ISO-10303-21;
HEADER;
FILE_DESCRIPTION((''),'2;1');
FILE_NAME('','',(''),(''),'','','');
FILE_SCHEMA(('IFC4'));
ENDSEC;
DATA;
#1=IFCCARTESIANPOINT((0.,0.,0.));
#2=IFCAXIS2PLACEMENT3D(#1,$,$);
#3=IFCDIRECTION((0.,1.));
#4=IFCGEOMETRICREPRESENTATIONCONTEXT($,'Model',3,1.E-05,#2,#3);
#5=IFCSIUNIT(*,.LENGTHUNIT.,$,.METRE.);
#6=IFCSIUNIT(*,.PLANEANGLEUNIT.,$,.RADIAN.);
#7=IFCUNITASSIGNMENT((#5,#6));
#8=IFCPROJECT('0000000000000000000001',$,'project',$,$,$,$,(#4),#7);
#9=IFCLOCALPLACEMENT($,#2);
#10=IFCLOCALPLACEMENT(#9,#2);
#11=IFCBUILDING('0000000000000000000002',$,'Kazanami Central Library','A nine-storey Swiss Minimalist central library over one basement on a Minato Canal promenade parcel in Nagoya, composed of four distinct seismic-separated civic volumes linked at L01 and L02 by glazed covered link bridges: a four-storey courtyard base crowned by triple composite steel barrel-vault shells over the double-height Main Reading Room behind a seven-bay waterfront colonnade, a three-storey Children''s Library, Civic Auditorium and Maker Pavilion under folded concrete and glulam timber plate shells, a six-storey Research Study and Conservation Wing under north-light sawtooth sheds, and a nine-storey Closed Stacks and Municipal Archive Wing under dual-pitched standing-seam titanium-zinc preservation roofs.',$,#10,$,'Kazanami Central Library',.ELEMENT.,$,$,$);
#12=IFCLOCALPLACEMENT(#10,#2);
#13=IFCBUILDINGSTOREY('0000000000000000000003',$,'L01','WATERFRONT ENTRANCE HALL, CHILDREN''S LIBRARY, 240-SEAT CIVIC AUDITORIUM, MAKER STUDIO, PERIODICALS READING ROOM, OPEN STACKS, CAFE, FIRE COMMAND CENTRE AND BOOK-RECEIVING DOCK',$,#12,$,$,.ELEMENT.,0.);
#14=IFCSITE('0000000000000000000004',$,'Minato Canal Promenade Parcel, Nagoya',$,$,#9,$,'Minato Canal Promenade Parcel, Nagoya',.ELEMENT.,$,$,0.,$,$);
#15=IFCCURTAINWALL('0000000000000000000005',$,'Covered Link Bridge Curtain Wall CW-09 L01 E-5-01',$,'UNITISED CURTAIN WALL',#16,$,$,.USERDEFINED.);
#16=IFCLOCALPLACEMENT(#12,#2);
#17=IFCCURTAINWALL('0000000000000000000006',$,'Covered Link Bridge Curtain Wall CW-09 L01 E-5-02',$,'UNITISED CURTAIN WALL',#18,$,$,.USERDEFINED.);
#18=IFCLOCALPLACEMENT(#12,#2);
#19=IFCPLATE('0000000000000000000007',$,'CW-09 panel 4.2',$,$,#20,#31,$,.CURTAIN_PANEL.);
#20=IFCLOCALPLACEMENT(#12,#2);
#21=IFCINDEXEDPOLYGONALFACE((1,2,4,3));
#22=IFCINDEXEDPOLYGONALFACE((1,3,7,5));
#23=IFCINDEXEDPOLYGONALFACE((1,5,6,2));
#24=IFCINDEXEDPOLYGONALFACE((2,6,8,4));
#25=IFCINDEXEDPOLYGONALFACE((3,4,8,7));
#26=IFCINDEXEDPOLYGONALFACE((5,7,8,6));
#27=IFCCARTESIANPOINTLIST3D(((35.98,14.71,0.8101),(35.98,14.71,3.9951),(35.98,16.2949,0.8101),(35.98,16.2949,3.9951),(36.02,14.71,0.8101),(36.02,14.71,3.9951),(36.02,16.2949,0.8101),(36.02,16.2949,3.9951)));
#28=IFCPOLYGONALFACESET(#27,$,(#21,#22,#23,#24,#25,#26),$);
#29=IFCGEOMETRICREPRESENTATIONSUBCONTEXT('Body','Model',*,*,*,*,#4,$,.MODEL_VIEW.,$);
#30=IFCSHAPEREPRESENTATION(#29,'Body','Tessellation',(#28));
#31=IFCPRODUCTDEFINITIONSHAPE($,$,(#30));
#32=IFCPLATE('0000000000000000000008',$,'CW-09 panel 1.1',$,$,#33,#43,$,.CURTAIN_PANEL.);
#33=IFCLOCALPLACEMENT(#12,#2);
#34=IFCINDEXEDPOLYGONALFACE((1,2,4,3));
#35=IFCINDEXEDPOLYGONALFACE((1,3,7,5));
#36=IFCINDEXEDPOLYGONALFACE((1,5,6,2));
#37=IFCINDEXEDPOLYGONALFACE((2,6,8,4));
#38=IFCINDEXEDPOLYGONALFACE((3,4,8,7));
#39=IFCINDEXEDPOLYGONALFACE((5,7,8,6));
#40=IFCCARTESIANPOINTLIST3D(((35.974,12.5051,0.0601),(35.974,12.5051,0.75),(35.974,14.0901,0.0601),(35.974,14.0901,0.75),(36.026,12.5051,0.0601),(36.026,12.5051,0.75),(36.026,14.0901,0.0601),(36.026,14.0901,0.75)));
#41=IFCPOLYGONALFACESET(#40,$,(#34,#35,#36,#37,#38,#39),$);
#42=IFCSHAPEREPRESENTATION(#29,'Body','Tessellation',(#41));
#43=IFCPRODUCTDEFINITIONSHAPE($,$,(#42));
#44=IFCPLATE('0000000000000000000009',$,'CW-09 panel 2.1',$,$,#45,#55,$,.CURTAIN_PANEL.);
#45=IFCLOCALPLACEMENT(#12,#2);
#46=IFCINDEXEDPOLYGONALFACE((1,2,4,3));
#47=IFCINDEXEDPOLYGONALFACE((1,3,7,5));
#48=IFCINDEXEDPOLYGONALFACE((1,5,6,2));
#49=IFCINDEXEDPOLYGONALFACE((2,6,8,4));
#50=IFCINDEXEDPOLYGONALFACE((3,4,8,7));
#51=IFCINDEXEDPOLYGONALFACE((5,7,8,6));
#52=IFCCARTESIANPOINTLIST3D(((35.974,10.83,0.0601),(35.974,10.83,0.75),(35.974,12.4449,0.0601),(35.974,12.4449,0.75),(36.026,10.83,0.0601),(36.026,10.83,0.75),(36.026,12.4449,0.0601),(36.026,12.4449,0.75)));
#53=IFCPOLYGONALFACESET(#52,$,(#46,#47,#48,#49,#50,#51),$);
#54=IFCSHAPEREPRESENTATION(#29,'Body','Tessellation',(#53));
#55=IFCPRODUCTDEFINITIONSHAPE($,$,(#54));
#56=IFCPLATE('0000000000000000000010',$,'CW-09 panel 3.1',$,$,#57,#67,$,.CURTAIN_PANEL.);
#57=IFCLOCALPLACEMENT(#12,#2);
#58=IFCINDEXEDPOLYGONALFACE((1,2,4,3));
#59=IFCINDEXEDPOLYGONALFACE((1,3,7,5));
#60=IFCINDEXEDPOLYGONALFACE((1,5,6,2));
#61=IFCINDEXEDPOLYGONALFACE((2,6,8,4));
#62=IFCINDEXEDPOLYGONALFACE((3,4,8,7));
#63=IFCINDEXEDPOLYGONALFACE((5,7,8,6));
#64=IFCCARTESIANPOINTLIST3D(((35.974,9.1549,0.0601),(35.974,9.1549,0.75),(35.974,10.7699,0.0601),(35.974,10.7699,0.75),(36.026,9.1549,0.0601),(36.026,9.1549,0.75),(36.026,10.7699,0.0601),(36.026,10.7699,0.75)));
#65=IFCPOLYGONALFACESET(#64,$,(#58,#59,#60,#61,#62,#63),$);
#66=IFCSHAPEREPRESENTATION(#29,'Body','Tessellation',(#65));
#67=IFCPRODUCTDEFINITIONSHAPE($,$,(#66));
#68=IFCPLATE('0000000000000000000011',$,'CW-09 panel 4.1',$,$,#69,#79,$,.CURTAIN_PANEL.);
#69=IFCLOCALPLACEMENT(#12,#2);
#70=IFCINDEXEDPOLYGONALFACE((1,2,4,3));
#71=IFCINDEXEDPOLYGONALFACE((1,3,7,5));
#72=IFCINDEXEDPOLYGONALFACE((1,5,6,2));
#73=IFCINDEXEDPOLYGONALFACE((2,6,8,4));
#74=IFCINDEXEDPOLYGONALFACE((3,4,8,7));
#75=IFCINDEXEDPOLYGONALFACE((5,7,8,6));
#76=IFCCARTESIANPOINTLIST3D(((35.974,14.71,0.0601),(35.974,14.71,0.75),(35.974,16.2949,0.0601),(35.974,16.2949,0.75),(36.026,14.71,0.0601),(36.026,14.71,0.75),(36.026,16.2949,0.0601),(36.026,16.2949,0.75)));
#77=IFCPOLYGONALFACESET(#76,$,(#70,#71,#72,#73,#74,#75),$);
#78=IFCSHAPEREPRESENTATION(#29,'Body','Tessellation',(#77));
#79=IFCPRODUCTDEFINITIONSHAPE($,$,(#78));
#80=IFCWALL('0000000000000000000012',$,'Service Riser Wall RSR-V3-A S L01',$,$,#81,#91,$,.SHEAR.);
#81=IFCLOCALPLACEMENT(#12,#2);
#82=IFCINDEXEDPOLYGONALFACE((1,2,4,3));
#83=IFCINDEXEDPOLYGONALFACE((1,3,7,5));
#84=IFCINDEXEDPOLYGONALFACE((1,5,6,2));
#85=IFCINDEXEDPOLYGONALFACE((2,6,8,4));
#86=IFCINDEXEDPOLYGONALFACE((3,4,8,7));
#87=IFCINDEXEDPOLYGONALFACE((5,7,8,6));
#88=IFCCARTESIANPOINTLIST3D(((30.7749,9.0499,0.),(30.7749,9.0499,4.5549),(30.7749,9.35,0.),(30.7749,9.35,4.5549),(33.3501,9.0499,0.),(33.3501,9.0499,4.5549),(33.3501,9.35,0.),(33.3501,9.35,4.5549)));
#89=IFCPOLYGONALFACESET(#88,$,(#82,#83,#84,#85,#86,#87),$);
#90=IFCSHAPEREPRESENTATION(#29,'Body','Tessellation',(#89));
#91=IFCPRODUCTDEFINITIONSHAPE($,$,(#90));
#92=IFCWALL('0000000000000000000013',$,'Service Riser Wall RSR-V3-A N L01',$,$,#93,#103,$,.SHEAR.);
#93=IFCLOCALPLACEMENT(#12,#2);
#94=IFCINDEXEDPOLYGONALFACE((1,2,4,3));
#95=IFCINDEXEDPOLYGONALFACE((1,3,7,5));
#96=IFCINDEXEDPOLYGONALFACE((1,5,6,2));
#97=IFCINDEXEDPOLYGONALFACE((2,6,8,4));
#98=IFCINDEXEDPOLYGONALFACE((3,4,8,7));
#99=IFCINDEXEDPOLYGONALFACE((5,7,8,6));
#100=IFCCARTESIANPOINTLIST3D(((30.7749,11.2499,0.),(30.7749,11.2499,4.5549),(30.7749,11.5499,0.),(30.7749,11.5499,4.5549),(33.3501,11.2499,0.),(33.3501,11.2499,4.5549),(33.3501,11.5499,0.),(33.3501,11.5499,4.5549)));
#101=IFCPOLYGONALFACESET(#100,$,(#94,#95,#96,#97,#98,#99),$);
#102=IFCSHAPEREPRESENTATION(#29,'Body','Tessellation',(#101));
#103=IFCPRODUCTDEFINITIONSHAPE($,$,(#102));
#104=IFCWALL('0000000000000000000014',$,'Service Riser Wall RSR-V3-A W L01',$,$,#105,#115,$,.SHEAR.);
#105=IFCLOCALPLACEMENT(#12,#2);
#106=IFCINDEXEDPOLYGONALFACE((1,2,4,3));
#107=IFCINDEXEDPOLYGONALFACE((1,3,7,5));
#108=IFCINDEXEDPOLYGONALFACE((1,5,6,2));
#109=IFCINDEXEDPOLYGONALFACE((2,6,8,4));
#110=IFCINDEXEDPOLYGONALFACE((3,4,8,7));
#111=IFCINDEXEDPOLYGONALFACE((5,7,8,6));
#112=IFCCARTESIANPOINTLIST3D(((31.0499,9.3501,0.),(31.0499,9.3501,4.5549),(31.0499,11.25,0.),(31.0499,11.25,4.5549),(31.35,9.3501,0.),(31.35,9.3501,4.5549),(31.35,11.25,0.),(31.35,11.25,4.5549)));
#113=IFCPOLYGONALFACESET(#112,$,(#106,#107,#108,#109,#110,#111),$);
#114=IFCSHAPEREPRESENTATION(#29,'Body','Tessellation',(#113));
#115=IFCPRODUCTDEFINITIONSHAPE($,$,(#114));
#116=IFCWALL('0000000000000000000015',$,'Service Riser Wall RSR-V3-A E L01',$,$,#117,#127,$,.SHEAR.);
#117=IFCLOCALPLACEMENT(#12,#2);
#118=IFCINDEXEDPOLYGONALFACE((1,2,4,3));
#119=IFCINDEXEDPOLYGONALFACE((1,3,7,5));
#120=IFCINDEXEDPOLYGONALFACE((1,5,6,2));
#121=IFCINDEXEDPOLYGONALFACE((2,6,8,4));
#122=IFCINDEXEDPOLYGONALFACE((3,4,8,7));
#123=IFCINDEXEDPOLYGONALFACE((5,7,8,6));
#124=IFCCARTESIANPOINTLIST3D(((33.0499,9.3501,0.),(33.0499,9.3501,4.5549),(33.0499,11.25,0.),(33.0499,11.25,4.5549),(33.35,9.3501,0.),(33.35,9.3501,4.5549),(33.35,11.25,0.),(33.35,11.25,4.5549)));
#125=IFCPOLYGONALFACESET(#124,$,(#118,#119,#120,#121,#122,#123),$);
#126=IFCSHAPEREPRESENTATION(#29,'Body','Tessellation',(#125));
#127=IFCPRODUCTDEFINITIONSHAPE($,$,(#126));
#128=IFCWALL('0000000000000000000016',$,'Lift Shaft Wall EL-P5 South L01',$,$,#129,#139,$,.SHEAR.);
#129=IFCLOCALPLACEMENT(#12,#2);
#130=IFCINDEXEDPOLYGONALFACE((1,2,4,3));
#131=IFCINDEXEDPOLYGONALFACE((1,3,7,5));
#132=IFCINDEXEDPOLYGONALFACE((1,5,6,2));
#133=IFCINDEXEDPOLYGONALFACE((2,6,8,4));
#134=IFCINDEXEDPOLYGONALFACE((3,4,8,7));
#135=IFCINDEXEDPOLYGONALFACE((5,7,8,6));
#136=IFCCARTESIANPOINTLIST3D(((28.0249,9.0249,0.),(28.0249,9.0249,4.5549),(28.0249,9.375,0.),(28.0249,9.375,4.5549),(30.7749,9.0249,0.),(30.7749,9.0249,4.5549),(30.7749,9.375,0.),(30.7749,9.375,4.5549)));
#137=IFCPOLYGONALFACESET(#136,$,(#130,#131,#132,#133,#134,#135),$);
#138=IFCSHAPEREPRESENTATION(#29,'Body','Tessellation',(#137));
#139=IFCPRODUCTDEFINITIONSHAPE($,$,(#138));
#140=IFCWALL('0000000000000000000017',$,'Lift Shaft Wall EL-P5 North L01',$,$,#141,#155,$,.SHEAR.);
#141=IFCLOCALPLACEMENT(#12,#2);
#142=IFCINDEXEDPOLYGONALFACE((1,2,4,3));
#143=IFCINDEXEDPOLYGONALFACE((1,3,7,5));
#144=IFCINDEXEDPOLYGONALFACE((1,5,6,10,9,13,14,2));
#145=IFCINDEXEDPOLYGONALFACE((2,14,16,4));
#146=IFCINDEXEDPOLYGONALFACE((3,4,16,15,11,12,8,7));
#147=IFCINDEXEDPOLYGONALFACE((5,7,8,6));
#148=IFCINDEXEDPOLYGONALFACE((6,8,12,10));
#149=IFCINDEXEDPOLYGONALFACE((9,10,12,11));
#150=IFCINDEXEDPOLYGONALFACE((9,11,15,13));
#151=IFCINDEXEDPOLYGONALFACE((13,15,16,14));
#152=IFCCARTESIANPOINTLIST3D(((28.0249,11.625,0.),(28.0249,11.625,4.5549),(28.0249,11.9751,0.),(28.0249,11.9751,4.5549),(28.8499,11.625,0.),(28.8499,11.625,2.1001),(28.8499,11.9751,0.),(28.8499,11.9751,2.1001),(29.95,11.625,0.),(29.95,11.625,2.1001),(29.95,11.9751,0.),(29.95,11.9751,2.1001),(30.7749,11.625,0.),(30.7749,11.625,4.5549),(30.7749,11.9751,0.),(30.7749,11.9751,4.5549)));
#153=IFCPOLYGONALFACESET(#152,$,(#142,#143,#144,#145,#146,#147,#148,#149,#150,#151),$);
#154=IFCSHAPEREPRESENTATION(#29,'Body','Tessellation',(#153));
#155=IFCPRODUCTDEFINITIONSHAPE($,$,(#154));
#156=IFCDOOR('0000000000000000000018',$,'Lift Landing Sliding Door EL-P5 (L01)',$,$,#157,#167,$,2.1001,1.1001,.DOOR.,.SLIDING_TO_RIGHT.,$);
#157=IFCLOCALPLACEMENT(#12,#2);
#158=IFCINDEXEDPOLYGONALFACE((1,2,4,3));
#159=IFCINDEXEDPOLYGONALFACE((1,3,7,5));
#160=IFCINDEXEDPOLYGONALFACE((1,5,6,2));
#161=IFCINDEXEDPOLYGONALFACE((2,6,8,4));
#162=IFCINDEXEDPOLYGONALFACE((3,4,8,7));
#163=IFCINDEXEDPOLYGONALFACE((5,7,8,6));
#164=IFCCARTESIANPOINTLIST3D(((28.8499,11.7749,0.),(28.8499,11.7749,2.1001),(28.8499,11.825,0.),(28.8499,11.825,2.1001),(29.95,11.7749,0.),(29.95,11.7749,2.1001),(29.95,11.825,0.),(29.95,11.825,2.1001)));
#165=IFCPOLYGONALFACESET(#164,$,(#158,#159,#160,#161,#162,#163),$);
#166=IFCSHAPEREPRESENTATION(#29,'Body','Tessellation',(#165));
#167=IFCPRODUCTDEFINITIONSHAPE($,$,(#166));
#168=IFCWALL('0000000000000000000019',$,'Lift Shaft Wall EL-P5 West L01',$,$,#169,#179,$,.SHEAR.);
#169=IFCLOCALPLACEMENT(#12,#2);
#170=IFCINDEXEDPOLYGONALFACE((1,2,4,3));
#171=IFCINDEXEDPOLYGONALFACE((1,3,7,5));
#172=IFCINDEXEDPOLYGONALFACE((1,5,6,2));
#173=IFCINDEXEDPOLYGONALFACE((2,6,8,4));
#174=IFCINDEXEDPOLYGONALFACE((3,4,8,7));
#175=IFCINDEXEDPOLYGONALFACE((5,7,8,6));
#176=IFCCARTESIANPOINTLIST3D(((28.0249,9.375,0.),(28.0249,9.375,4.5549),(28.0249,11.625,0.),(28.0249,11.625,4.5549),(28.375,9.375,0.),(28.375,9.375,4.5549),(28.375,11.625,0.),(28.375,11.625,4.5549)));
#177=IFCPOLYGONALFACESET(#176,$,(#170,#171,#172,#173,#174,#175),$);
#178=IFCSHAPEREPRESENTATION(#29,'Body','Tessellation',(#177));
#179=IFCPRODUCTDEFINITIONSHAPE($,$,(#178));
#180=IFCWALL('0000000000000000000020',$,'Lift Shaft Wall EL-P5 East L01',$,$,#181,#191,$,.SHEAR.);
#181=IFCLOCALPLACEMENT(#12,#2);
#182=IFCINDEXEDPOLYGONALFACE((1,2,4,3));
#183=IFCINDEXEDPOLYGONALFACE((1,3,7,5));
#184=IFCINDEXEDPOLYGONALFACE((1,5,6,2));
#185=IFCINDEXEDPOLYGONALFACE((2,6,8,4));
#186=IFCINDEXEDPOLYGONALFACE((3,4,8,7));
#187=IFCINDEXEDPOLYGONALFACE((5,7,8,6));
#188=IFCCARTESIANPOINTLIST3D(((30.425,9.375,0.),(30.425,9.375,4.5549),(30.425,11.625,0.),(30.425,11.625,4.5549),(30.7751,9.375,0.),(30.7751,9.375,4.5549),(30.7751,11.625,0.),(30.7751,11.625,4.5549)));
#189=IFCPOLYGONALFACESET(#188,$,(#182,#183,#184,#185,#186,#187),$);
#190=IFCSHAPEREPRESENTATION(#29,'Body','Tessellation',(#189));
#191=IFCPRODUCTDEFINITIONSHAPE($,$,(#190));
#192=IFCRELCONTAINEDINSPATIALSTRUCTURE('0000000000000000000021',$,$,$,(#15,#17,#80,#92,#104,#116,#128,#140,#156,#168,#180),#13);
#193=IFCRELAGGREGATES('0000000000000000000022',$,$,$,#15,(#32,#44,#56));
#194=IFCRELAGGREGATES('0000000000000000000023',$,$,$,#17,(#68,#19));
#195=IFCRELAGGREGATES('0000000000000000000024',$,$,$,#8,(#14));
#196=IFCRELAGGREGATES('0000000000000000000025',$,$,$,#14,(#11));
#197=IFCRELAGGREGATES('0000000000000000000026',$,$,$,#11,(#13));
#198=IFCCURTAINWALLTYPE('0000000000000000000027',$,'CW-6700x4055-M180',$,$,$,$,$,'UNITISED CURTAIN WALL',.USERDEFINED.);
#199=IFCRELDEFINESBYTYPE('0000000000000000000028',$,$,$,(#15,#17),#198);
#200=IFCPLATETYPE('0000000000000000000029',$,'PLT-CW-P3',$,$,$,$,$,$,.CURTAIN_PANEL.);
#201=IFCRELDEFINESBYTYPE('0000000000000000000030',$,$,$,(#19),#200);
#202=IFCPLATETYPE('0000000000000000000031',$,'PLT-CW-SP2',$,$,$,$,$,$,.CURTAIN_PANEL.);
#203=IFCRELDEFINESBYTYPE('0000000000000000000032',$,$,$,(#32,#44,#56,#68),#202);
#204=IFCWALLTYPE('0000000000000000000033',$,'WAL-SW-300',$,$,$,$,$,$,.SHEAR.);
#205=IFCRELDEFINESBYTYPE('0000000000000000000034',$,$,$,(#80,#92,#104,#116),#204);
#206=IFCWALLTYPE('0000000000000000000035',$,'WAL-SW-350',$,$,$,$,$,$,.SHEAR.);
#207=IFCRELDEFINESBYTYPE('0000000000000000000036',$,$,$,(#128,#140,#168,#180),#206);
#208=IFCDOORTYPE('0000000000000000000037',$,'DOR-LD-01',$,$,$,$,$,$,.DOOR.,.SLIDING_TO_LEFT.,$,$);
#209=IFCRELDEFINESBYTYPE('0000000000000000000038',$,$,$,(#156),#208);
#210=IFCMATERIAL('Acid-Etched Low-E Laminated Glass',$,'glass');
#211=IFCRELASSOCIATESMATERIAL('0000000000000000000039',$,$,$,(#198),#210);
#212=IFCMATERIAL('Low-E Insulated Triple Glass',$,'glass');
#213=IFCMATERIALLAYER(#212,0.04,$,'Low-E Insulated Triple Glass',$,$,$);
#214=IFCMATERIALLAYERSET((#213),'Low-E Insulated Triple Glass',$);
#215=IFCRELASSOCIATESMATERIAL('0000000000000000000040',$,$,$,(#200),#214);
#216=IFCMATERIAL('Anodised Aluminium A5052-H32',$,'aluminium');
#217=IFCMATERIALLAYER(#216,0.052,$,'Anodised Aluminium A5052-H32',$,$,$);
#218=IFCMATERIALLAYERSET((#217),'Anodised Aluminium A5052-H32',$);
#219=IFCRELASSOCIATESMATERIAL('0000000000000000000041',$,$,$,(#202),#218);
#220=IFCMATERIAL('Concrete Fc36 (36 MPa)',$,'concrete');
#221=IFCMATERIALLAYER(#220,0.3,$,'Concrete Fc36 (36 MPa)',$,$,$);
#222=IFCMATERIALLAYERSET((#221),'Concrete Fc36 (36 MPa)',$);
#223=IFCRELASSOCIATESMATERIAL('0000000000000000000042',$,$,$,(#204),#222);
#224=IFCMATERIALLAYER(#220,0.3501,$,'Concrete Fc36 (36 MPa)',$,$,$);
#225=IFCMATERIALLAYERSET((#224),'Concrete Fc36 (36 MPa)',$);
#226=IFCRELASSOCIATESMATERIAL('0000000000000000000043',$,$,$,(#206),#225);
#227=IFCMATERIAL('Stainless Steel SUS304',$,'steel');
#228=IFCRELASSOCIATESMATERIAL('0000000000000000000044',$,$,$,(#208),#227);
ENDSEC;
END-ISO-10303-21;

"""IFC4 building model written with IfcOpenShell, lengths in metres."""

from ifc_helpers import new_model, si_unit, direction, frame, frame_2d, origin, origin_2d, place, context, subcontext, project, spatial, rectangle, extrude, material, layer, layer_set, type_object, element, fill, aggregate, save


model = new_model("IFC4")

# Units and contexts
model_context = context("Model", 3, precision=1e-05, world=origin(), true_north=direction((0.0, 1.0)))
body_context = subcontext(model_context, "Body", "Model", "MODEL_VIEW")
ifc_project = project(units=[si_unit("LENGTHUNIT", "METRE"), si_unit("PLANEANGLEUNIT", "RADIAN")], contexts=[model_context])

# Site, building, storey
site_placement = place(None, origin())
site = spatial("IfcSite", under=ifc_project, at=site_placement, Name="Minato Canal Promenade Parcel, Nagoya", LongName="Minato Canal Promenade Parcel, Nagoya", CompositionType="ELEMENT", RefElevation=0.0)
building_placement = place(site_placement, origin())
building = spatial("IfcBuilding", under=site, at=building_placement, Name="Kazanami Central Library", Description="A nine-storey Swiss Minimalist central library over one basement on a Minato Canal promenade parcel in Nagoya, composed of four distinct seismic-separated civic volumes linked at L01 and L02 by glazed covered link bridges: a four-storey courtyard base crowned by triple composite steel barrel-vault shells over the double-height Main Reading Room behind a seven-bay waterfront colonnade, a three-storey Children's Library, Civic Auditorium and Maker Pavilion under folded concrete and glulam timber plate shells, a six-storey Research Study and Conservation Wing under north-light sawtooth sheds, and a nine-storey Closed Stacks and Municipal Archive Wing under dual-pitched standing-seam titanium-zinc preservation roofs.", LongName="Kazanami Central Library", CompositionType="ELEMENT")
storey_placement = place(building_placement, origin())
storey = spatial("IfcBuildingStorey", under=building, at=storey_placement, Name="L01", Description="WATERFRONT ENTRANCE HALL, CHILDREN'S LIBRARY, 240-SEAT CIVIC AUDITORIUM, MAKER STUDIO, PERIODICALS READING ROOM, OPEN STACKS, CAFE, FIRE COMMAND CENTRE AND BOOK-RECEIVING DOCK", CompositionType="ELEMENT", Elevation=0.0)

# Curtain wall
ifc_material_1 = material(Name="Acid-Etched Low-E Laminated Glass", Category="glass")
curtain_wall_type = type_object("IfcCurtainWallType", Name="CW-6700x4055-M180", ElementType="UNITISED CURTAIN WALL", PredefinedType="USERDEFINED", material=ifc_material_1)
curtain_wall_1_placement = place(storey_placement, origin())
curtain_wall_1 = element("IfcCurtainWall", 1, at=curtain_wall_1_placement, inside=storey, type_object=curtain_wall_type, Name="Covered Link Bridge Curtain Wall CW-09 L01 E-5-01", ObjectType="UNITISED CURTAIN WALL", PredefinedType="USERDEFINED")

# Curtain wall
curtain_wall_2_placement = place(storey_placement, origin())
curtain_wall_2 = element("IfcCurtainWall", 2, at=curtain_wall_2_placement, inside=storey, type_object=curtain_wall_type, Name="Covered Link Bridge Curtain Wall CW-09 L01 E-5-02", ObjectType="UNITISED CURTAIN WALL", PredefinedType="USERDEFINED")

# Plates
ifc_material_2 = material(Name="Low-E Insulated Triple Glass", Category="glass")
ifc_layer_1 = layer(ifc_material_2, 0.04, Name="Low-E Insulated Triple Glass")
ifc_layer_set_1 = layer_set([ifc_layer_1], Name="Low-E Insulated Triple Glass")
plate_type_1 = type_object("IfcPlateType", Name="PLT-CW-P3", PredefinedType="CURTAIN_PANEL", material=ifc_layer_set_1)
plate_1_placement = place(storey_placement, frame((36.0, 15.5024, 0.8101), z_axis=(0.0, 0.0, 1.0), x_axis=(0.0, -1.0, 0.0)))
plate_1 = element("IfcPlate", 3, at=plate_1_placement, type_object=plate_type_1, Name="CW-09 panel 4.2", PredefinedType="CURTAIN_PANEL", context=body_context, shape_type="SweptSolid", body=[
    extrude(rectangle(XDim=1.585, YDim=0.04, at=origin_2d()), origin(), (0.0, 0.0, 1.0), 3.1851),
])
ifc_material_3 = material(Name="Anodised Aluminium A5052-H32", Category="aluminium")
ifc_layer_2 = layer(ifc_material_3, 0.052, Name="Anodised Aluminium A5052-H32")
ifc_layer_set_2 = layer_set([ifc_layer_2], Name="Anodised Aluminium A5052-H32")
plate_type_2 = type_object("IfcPlateType", Name="PLT-CW-SP2", PredefinedType="CURTAIN_PANEL", material=ifc_layer_set_2)
plate_2_placement = place(storey_placement, frame((36.0, 13.2976, 0.0601), z_axis=(0.0, 0.0, 1.0), x_axis=(0.0, -1.0, 0.0)))
plate_2 = element("IfcPlate", 4, at=plate_2_placement, type_object=plate_type_2, Name="CW-09 panel 1.1", PredefinedType="CURTAIN_PANEL", context=body_context, shape_type="SweptSolid", body=[
    extrude(rectangle(XDim=1.585, YDim=0.052, at=origin_2d()), origin(), (0.0, 0.0, 1.0), 0.6899),
])
plate_3_placement = place(storey_placement, frame((36.0, 11.6375, 0.0601), z_axis=(0.0, 0.0, 1.0), x_axis=(0.0, -1.0, 0.0)))
plate_3 = element("IfcPlate", 5, at=plate_3_placement, type_object=plate_type_2, Name="CW-09 panel 2.1", PredefinedType="CURTAIN_PANEL", context=body_context, shape_type="SweptSolid", body=[
    extrude(rectangle(XDim=1.615, YDim=0.052, at=origin_2d()), origin(), (0.0, 0.0, 1.0), 0.6899),
])
plate_4_placement = place(storey_placement, frame((36.0, 9.9624, 0.0601), z_axis=(0.0, 0.0, 1.0), x_axis=(0.0, -1.0, 0.0)))
plate_4 = element("IfcPlate", 6, at=plate_4_placement, type_object=plate_type_2, Name="CW-09 panel 3.1", PredefinedType="CURTAIN_PANEL", context=body_context, shape_type="SweptSolid", body=[
    extrude(rectangle(XDim=1.615, YDim=0.052, at=origin_2d()), origin(), (0.0, 0.0, 1.0), 0.6899),
])
aggregate(curtain_wall_1, [plate_2, plate_3, plate_4])
plate_5_placement = place(storey_placement, frame((36.0, 15.5024, 0.0601), z_axis=(0.0, 0.0, 1.0), x_axis=(0.0, -1.0, 0.0)))
plate_5 = element("IfcPlate", 7, at=plate_5_placement, type_object=plate_type_2, Name="CW-09 panel 4.1", PredefinedType="CURTAIN_PANEL", context=body_context, shape_type="SweptSolid", body=[
    extrude(rectangle(XDim=1.585, YDim=0.052, at=origin_2d()), origin(), (0.0, 0.0, 1.0), 0.6899),
])
aggregate(curtain_wall_2, [plate_5, plate_1])

# Walls
ifc_material_4 = material(Name="Concrete Fc36 (36 MPa)", Category="concrete")
ifc_layer_3 = layer(ifc_material_4, 0.3, Name="Concrete Fc36 (36 MPa)")
ifc_layer_set_3 = layer_set([ifc_layer_3], Name="Concrete Fc36 (36 MPa)")
wall_type_1 = type_object("IfcWallType", Name="WAL-SW-300", PredefinedType="SHEAR", material=ifc_layer_set_3)
for number, where, z_axis, x_axis, name in (
    (8, (30.7749, 9.2, 0.0), (0.0, 0.0, 1.0), (1.0, 0.0, 0.0), "Service Riser Wall RSR-V3-A S L01"),
    (9, (30.7749, 11.3999, 0.0), (0.0, 0.0, 1.0), (1.0, 0.0, 0.0), "Service Riser Wall RSR-V3-A N L01"),
):
    element("IfcWall", number, at=place(storey_placement, frame(where, z_axis=z_axis, x_axis=x_axis)), inside=storey, type_object=wall_type_1, Name=name, PredefinedType="SHEAR", context=body_context, shape_type="SweptSolid", body=[
        extrude(rectangle(XDim=2.5752, YDim=0.3, at=frame_2d((1.2876, 0.0))), origin(), (0.0, 0.0, 1.0), 4.5549),
    ])
for number, where, z_axis, x_axis, name in (
    (10, (31.2, 9.3501, 0.0), (0.0, 0.0, 1.0), (0.0, 1.0, 0.0), "Service Riser Wall RSR-V3-A W L01"),
    (11, (33.2, 9.3501, 0.0), (0.0, 0.0, 1.0), (0.0, 1.0, 0.0), "Service Riser Wall RSR-V3-A E L01"),
):
    element("IfcWall", number, at=place(storey_placement, frame(where, z_axis=z_axis, x_axis=x_axis)), inside=storey, type_object=wall_type_1, Name=name, PredefinedType="SHEAR", context=body_context, shape_type="SweptSolid", body=[
        extrude(rectangle(XDim=1.8999, YDim=0.3, at=frame_2d((0.95, 0.0))), origin(), (0.0, 0.0, 1.0), 4.5549),
    ])
ifc_layer_4 = layer(ifc_material_4, 0.3501, Name="Concrete Fc36 (36 MPa)")
ifc_layer_set_4 = layer_set([ifc_layer_4], Name="Concrete Fc36 (36 MPa)")
wall_type_2 = type_object("IfcWallType", Name="WAL-SW-350", PredefinedType="SHEAR", material=ifc_layer_set_4)
wall_1_placement = place(storey_placement, frame((28.0249, 9.2, 0.0), z_axis=(0.0, 0.0, 1.0), x_axis=(1.0, 0.0, 0.0)))
element("IfcWall", 12, at=wall_1_placement, inside=storey, type_object=wall_type_2, Name="Lift Shaft Wall EL-P5 South L01", PredefinedType="SHEAR", context=body_context, shape_type="SweptSolid", body=[
    extrude(rectangle(XDim=2.75, YDim=0.3501, at=frame_2d((1.375, 0.0))), origin(), (0.0, 0.0, 1.0), 4.5549),
])

# Wall, opening, door
wall_2_placement = place(storey_placement, frame((28.0249, 11.8, 0.0), z_axis=(0.0, 0.0, 1.0), x_axis=(1.0, 0.0, 0.0)))
wall_2 = element("IfcWall", 13, at=wall_2_placement, inside=storey, type_object=wall_type_2, Name="Lift Shaft Wall EL-P5 North L01", PredefinedType="SHEAR", context=body_context, shape_type="SweptSolid", body=[
    extrude(rectangle(XDim=2.75, YDim=0.3501, at=frame_2d((1.375, 0.0))), origin(), (0.0, 0.0, 1.0), 4.5549),
])
opening_1_placement = place(wall_2_placement, frame((0.825, 0.0, 0.0)))
opening_1 = element("IfcOpeningElement", 14, at=opening_1_placement, cuts=wall_2, PredefinedType="OPENING", context=body_context, shape_type="SweptSolid", body=[
    extrude(rectangle(XDim=1.1001, YDim=2.1001, at=frame_2d((0.55, 1.05))), frame((0.0, 0.187, 0.0), z_axis=(0.0, -1.0, 0.0), x_axis=(1.0, 0.0, 0.0)), (0.0, 0.0, 1.0), 0.374),
])
ifc_material_5 = material(Name="Stainless Steel SUS304", Category="steel")
door_type_1 = type_object("IfcDoorType", Name="DOR-LD-01", OperationType="SLIDING_TO_LEFT", PredefinedType="DOOR", material=ifc_material_5)
door_1_placement = place(opening_1_placement, origin())
door_1 = element("IfcDoor", 15, at=door_1_placement, inside=storey, type_object=door_type_1, Name="Lift Landing Sliding Door EL-P5 (L01)", OperationType="SLIDING_TO_RIGHT", OverallHeight=2.1001, OverallWidth=1.1001, PredefinedType="DOOR", context=body_context, shape_type="SweptSolid", body=[
    extrude(rectangle(XDim=1.1001, YDim=2.1001, at=frame_2d((0.55, 1.05))), frame((0.0, 0.0249, 0.0), z_axis=(0.0, -1.0, 0.0), x_axis=(1.0, 0.0, 0.0)), (0.0, 0.0, 1.0), 0.05),
])
fill(opening_1, door_1)

# Walls
for number, where, z_axis, x_axis, name in (
    (16, (28.2, 9.375, 0.0), (0.0, 0.0, 1.0), (0.0, 1.0, 0.0), "Lift Shaft Wall EL-P5 West L01"),
    (17, (30.6001, 9.375, 0.0), (0.0, 0.0, 1.0), (0.0, 1.0, 0.0), "Lift Shaft Wall EL-P5 East L01"),
):
    element("IfcWall", number, at=place(storey_placement, frame(where, z_axis=z_axis, x_axis=x_axis)), inside=storey, type_object=wall_type_2, Name=name, PredefinedType="SHEAR", context=body_context, shape_type="SweptSolid", body=[
        extrude(rectangle(XDim=2.25, YDim=0.3501, at=frame_2d((1.125, 0.0))), origin(), (0.0, 0.0, 1.0), 4.5549),
    ])

save(model, "model.ifc")
